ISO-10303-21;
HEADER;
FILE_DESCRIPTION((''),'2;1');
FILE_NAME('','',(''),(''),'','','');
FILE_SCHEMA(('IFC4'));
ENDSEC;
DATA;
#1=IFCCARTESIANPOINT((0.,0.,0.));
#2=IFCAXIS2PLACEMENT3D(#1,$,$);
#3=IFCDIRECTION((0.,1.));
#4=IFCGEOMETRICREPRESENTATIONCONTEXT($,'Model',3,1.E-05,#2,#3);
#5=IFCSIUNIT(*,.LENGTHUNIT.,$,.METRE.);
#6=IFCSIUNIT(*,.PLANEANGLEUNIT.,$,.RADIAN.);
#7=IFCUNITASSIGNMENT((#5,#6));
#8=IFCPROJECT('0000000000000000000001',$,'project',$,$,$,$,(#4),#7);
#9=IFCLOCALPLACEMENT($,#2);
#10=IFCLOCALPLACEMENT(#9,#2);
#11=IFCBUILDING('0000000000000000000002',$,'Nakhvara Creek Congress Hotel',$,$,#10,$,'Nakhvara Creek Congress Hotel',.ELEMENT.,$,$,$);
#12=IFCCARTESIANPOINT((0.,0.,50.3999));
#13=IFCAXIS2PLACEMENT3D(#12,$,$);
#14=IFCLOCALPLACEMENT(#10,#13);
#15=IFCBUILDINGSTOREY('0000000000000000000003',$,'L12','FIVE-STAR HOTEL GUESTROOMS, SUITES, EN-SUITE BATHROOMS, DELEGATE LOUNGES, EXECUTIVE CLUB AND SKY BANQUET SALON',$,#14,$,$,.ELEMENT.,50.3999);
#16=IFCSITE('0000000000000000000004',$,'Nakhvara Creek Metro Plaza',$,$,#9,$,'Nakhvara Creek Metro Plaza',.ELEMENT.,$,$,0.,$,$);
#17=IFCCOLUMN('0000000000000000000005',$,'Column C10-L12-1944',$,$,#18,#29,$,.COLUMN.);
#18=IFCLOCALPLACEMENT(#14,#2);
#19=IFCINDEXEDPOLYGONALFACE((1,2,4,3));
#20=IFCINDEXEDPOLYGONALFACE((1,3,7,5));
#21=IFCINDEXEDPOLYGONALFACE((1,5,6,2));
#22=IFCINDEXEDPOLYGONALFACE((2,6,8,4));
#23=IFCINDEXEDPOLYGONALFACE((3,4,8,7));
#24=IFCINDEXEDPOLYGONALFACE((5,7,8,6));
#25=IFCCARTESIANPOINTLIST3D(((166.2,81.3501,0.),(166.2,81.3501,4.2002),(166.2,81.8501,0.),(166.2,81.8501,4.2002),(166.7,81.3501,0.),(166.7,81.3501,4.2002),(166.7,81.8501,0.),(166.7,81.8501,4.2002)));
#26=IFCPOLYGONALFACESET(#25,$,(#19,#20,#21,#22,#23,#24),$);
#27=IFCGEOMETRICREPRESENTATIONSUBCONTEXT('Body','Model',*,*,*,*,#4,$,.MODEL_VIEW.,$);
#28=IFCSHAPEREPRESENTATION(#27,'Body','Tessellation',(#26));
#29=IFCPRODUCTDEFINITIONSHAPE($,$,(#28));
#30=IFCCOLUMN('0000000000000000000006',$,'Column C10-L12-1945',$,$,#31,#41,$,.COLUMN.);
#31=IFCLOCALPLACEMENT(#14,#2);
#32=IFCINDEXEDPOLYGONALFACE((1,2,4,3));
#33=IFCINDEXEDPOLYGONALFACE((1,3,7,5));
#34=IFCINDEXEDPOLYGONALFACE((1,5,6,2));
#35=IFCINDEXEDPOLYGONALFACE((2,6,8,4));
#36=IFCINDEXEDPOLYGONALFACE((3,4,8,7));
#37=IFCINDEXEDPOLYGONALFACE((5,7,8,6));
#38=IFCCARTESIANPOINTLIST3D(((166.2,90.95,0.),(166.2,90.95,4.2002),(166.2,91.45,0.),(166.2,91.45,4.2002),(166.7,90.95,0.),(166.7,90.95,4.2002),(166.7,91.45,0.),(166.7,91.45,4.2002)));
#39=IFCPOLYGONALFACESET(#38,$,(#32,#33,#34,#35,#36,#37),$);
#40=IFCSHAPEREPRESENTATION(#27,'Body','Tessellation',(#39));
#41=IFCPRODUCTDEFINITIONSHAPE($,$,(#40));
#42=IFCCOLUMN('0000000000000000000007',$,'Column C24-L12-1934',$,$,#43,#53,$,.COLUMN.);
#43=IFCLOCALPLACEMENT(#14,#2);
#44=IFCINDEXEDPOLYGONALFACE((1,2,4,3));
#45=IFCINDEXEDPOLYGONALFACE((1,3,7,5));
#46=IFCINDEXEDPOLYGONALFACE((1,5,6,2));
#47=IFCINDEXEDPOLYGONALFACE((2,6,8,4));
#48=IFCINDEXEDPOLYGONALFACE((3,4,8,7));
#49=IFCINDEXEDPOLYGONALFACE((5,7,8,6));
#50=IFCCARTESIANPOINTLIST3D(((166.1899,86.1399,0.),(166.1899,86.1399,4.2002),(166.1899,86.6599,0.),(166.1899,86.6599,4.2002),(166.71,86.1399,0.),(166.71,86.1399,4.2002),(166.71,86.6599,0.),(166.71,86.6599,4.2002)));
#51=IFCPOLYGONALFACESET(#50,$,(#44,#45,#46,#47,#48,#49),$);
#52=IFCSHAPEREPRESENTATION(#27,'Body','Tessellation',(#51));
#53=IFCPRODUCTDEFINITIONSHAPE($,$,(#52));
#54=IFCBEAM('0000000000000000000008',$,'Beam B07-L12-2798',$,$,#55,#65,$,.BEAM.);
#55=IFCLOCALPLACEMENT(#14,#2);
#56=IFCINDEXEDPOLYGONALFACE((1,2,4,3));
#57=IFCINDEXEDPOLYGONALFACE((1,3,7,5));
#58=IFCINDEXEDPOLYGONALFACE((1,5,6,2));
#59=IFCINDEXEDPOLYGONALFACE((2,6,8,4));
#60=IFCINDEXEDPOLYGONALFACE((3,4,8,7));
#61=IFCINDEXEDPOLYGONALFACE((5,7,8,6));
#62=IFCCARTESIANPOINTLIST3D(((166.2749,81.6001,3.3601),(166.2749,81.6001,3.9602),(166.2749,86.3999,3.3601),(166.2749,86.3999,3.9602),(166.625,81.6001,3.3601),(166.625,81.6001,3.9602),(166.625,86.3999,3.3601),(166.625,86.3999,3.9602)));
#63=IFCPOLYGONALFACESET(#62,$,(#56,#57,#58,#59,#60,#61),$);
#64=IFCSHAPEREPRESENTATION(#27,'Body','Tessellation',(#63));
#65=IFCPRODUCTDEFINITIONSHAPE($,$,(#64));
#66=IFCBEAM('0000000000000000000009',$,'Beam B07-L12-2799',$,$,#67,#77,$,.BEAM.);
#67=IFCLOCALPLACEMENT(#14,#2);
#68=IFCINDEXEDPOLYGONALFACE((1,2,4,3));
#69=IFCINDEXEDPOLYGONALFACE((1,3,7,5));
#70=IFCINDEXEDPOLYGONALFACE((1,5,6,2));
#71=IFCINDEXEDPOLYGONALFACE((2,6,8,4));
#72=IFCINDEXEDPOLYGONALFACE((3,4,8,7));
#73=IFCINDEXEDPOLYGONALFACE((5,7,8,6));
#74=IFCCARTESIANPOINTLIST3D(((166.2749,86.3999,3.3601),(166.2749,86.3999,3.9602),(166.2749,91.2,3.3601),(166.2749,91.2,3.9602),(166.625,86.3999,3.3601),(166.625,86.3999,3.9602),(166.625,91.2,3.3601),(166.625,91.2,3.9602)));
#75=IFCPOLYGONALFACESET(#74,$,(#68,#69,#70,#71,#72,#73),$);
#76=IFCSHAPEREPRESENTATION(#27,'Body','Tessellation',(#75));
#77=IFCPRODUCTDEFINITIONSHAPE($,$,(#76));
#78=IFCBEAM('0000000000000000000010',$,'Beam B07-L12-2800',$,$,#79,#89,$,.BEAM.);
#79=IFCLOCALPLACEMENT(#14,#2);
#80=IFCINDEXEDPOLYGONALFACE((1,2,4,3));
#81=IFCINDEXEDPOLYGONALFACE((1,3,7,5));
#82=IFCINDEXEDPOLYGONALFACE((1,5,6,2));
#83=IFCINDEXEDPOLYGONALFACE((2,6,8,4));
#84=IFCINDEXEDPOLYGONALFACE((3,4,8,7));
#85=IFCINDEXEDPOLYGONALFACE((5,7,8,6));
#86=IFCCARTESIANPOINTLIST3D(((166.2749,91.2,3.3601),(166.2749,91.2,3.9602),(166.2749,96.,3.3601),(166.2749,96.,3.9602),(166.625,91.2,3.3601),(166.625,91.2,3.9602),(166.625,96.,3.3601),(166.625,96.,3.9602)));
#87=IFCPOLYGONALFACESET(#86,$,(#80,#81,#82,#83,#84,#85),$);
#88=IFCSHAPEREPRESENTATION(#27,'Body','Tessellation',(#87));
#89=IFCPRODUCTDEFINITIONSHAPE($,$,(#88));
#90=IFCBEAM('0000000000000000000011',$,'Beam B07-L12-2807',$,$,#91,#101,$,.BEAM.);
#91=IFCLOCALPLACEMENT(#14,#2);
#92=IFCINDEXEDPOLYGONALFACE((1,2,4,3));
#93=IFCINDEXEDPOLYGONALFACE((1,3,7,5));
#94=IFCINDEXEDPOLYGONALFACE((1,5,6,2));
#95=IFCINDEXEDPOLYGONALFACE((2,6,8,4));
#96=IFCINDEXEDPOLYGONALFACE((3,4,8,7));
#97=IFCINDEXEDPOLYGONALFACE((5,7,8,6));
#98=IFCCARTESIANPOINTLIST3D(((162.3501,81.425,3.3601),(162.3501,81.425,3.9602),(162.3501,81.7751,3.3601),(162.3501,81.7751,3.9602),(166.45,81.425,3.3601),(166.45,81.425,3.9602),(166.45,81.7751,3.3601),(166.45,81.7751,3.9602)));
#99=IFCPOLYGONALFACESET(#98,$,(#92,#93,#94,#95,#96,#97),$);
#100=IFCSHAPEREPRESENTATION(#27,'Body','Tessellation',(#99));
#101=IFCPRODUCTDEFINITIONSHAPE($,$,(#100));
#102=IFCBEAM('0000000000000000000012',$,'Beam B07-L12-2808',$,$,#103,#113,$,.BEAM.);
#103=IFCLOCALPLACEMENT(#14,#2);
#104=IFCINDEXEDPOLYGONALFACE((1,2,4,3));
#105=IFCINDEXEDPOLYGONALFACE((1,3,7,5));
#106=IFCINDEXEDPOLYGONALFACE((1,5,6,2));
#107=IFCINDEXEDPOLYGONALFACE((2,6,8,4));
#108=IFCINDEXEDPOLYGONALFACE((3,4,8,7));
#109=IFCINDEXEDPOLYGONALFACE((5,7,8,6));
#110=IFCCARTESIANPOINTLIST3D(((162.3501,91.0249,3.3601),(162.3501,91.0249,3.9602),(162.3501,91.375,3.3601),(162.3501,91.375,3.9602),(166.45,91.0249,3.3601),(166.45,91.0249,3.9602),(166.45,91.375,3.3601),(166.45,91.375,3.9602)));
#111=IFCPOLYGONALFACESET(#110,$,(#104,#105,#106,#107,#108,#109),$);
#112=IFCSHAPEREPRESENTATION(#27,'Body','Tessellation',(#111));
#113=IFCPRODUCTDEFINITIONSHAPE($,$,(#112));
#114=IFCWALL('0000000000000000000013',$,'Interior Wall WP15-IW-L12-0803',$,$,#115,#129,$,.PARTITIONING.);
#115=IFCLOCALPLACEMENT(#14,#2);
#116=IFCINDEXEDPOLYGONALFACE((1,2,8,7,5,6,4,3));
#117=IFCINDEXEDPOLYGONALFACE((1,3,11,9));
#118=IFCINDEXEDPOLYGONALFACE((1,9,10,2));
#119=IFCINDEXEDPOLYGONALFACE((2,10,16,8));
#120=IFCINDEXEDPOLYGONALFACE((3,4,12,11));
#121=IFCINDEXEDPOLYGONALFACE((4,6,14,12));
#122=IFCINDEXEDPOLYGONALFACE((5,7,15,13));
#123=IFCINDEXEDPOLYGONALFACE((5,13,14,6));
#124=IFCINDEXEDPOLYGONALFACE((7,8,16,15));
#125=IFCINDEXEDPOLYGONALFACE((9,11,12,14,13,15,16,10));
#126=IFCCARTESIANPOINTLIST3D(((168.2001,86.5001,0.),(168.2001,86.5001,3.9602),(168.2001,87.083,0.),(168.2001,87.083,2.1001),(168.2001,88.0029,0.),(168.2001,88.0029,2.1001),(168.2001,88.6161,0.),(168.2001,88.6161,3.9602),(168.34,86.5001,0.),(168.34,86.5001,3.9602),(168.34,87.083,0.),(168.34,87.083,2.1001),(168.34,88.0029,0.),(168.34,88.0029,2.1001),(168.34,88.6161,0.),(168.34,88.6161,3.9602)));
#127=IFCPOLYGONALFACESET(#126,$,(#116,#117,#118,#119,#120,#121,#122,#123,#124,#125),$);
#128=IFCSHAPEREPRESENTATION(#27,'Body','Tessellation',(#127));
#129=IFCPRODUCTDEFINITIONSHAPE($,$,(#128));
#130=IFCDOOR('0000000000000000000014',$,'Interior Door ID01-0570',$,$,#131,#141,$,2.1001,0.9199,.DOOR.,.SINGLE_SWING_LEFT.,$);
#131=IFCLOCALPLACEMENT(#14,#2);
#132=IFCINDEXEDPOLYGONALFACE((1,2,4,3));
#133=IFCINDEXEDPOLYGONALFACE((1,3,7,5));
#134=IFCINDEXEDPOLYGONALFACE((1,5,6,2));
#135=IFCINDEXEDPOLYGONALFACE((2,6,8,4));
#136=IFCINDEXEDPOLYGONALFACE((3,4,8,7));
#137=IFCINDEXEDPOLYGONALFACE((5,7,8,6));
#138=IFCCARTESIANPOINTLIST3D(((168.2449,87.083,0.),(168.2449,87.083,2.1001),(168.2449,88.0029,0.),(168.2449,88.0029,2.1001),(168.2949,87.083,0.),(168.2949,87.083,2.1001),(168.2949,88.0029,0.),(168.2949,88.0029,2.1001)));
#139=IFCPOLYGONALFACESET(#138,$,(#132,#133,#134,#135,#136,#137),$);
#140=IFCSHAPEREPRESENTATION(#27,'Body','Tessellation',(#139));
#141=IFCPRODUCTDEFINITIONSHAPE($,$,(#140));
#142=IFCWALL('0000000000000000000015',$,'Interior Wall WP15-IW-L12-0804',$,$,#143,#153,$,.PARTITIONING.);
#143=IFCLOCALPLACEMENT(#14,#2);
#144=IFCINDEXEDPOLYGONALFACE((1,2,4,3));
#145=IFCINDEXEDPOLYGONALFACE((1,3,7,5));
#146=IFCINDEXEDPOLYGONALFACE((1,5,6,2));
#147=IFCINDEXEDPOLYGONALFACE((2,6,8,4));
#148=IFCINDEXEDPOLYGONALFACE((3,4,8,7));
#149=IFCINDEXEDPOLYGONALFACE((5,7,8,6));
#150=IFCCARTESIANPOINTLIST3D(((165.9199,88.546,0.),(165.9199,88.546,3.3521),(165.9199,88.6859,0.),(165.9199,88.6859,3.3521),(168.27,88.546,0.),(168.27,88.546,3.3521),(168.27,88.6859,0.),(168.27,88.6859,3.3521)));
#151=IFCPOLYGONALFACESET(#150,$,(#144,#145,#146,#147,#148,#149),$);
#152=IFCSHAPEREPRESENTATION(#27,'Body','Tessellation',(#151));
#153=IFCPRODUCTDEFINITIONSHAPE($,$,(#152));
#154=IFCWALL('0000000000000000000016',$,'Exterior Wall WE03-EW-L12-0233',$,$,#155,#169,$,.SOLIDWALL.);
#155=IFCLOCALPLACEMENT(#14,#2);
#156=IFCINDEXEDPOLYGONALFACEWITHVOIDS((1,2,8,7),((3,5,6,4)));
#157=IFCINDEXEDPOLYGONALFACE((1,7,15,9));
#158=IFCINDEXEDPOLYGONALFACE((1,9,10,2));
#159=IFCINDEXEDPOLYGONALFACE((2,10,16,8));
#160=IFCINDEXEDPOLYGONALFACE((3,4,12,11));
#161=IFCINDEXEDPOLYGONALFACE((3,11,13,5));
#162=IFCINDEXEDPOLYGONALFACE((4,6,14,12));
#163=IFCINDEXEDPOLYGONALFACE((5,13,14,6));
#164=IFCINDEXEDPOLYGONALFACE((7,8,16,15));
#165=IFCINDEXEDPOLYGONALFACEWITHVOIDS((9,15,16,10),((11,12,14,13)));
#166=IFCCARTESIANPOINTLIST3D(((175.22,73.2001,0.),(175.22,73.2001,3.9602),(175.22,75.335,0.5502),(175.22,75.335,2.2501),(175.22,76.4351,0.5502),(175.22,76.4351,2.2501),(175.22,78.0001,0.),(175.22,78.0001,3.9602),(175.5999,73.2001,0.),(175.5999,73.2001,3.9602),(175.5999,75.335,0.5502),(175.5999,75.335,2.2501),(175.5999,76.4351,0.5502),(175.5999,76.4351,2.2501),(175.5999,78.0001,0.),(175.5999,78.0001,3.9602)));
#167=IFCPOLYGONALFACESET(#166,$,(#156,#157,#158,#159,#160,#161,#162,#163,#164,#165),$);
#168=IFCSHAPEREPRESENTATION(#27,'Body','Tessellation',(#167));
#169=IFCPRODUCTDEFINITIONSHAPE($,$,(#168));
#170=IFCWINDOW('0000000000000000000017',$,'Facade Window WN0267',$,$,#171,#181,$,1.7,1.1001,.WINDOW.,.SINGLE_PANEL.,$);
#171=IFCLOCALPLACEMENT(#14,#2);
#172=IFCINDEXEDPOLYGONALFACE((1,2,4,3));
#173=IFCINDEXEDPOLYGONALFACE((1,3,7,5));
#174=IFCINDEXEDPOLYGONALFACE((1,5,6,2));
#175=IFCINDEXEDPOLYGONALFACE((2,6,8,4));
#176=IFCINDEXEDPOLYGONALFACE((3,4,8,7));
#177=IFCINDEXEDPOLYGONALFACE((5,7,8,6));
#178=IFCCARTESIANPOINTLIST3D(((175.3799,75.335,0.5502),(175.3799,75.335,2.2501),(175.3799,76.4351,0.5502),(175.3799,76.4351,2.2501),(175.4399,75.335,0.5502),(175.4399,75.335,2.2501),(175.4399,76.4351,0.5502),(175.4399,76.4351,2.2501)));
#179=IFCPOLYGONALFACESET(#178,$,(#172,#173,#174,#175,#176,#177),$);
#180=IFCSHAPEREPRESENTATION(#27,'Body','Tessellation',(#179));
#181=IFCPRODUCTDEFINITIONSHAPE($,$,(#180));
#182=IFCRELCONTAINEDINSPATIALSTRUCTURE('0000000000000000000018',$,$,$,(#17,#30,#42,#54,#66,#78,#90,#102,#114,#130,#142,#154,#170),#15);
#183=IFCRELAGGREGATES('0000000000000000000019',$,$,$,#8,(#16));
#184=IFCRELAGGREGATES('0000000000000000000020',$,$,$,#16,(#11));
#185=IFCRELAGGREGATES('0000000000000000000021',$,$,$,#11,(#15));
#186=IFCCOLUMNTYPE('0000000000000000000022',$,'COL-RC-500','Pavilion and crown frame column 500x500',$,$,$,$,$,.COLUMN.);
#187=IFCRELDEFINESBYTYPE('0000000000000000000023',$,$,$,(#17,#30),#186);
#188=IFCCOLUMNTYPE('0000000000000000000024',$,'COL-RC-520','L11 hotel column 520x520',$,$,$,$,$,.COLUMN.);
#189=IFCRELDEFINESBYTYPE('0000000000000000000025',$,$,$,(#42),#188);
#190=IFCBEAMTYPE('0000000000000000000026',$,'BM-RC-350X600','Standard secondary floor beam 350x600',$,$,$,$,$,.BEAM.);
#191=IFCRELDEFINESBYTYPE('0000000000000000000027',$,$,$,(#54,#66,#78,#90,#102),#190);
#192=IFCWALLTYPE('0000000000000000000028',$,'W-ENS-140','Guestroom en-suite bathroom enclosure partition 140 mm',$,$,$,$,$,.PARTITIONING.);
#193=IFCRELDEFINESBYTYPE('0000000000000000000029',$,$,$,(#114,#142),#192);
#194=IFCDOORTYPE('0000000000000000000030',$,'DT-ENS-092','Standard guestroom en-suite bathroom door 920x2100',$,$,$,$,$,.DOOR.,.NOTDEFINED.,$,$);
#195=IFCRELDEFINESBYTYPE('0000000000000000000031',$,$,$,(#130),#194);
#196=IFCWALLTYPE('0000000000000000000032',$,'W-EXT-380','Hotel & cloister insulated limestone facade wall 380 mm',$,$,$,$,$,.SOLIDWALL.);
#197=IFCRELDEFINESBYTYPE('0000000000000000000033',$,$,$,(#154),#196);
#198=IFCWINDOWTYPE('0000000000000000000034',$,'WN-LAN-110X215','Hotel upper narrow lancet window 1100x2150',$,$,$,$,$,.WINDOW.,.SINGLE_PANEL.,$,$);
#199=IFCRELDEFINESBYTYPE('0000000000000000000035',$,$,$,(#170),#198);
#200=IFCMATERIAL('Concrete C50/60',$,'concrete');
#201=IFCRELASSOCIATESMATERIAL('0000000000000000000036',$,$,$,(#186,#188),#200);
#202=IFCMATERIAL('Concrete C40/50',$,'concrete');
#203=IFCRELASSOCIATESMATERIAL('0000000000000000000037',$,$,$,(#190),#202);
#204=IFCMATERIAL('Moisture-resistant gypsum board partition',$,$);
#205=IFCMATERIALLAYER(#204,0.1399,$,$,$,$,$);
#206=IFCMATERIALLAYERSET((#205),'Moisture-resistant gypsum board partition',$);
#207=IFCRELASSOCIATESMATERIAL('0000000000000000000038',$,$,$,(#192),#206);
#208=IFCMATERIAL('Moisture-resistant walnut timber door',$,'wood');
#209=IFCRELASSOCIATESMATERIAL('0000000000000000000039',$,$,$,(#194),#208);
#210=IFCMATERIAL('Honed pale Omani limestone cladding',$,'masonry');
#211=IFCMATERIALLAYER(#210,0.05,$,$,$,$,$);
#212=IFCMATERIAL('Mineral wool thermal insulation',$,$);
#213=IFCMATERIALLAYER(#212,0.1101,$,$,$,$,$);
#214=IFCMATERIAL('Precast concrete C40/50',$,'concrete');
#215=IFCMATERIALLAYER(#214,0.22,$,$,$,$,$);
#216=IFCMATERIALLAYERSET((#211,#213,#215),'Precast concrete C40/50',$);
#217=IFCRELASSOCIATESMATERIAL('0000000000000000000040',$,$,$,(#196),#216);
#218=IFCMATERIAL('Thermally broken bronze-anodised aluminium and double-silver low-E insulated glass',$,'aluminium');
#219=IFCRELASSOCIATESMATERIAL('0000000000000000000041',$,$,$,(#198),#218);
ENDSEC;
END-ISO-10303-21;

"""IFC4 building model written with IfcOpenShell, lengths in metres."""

from ifc_helpers import new_model, si_unit, direction, frame, frame_2d, origin, origin_2d, place, context, subcontext, project, spatial, rectangle, extrude, material, layer, layer_set, material_profile, profile_set, type_object, element, fill, save


model = new_model("IFC4")

# Units and contexts
model_context = context("Model", 3, precision=1e-05, world=origin(), true_north=direction((0.0, 1.0)))
body_context = subcontext(model_context, "Body", "Model", "MODEL_VIEW")
ifc_project = project(units=[si_unit("LENGTHUNIT", "METRE"), si_unit("PLANEANGLEUNIT", "RADIAN")], contexts=[model_context])

# Site, building, storey
site_placement = place(None, origin())
site = spatial("IfcSite", under=ifc_project, at=site_placement, Name="Nakhvara Creek Metro Plaza", LongName="Nakhvara Creek Metro Plaza", CompositionType="ELEMENT", RefElevation=0.0)
building_placement = place(site_placement, origin())
building = spatial("IfcBuilding", under=site, at=building_placement, Name="Nakhvara Creek Congress Hotel", LongName="Nakhvara Creek Congress Hotel", CompositionType="ELEMENT")
storey_placement = place(building_placement, frame((0.0, 0.0, 50.3999)))
storey = spatial("IfcBuildingStorey", under=building, at=storey_placement, Name="L12", Description="FIVE-STAR HOTEL GUESTROOMS, SUITES, EN-SUITE BATHROOMS, DELEGATE LOUNGES, EXECUTIVE CLUB AND SKY BANQUET SALON", CompositionType="ELEMENT", Elevation=50.3999)

# Columns
ifc_material_1 = material(Name="Concrete C50/60", Category="concrete")
ifc_material_profile_1 = material_profile(ifc_material_1, rectangle(XDim=0.5, YDim=0.5, at=origin_2d()), Name="RC-COL 500x500", Category="LoadBearing")
ifc_profile_set_1 = profile_set([ifc_material_profile_1], Name="Concrete C50/60")
column_type_1 = type_object("IfcColumnType", Name="COL-RC-500", Description="Pavilion and crown frame column 500x500", PredefinedType="COLUMN", material=ifc_profile_set_1)
for number, where, z_axis, x_axis, name in (
    (1, (166.45, 81.6001, 0.0), (0.0, 0.0, 1.0), (1.0, 0.0, 0.0), "Column C10-L12-1944"),
    (2, (166.45, 91.2, 0.0), (0.0, 0.0, 1.0), (1.0, 0.0, 0.0), "Column C10-L12-1945"),
):
    element("IfcColumn", number, at=place(storey_placement, frame(where, z_axis=z_axis, x_axis=x_axis)), inside=storey, type_object=column_type_1, Name=name, PredefinedType="COLUMN", context=body_context, shape_type="SweptSolid", body=[
        extrude(rectangle(XDim=0.5, YDim=0.5, at=origin_2d()), origin(), (0.0, 0.0, 1.0), 4.2002),
    ])
ifc_material_profile_2 = material_profile(ifc_material_1, rectangle(XDim=0.52, YDim=0.52, at=origin_2d()), Name="RC-COL 520x520", Category="LoadBearing")
ifc_profile_set_2 = profile_set([ifc_material_profile_2], Name="Concrete C50/60")
column_type_2 = type_object("IfcColumnType", Name="COL-RC-520", Description="L11 hotel column 520x520", PredefinedType="COLUMN", material=ifc_profile_set_2)
column_placement = place(storey_placement, frame((166.45, 86.3999, 0.0), z_axis=(0.0, 0.0, 1.0), x_axis=(1.0, 0.0, 0.0)))
element("IfcColumn", 3, at=column_placement, inside=storey, type_object=column_type_2, Name="Column C24-L12-1934", PredefinedType="COLUMN", context=body_context, shape_type="SweptSolid", body=[
    extrude(rectangle(XDim=0.52, YDim=0.52, at=origin_2d()), origin(), (0.0, 0.0, 1.0), 4.2002),
])

# Beams
ifc_material_2 = material(Name="Concrete C40/50", Category="concrete")
ifc_material_profile_3 = material_profile(ifc_material_2, rectangle(XDim=0.3501, YDim=0.6001, at=origin_2d()), Name="RC-BM 350x600", Category="LoadBearing")
ifc_profile_set_3 = profile_set([ifc_material_profile_3], Name="Concrete C40/50")
beam_type = type_object("IfcBeamType", Name="BM-RC-350X600", Description="Standard secondary floor beam 350x600", PredefinedType="BEAM", material=ifc_profile_set_3)
beam_placement = place(storey_placement, frame((166.45, 81.6001, 3.6602), z_axis=(0.0, 1.0, 0.0), x_axis=(-1.0, 0.0, 0.0)))
element("IfcBeam", 4, at=beam_placement, inside=storey, type_object=beam_type, Name="Beam B07-L12-2798", PredefinedType="BEAM", context=body_context, shape_type="SweptSolid", body=[
    extrude(rectangle(XDim=0.3501, YDim=0.6001, at=origin_2d()), origin(), (0.0, 0.0, 1.0), 4.7998),
])
for number, where, z_axis, x_axis, name in (
    (5, (166.45, 86.3999, 3.6602), (0.0, 1.0, 0.0), (-1.0, 0.0, 0.0), "Beam B07-L12-2799"),
    (6, (166.45, 91.2, 3.6602), (0.0, 1.0, 0.0), (-1.0, 0.0, 0.0), "Beam B07-L12-2800"),
):
    element("IfcBeam", number, at=place(storey_placement, frame(where, z_axis=z_axis, x_axis=x_axis)), inside=storey, type_object=beam_type, Name=name, PredefinedType="BEAM", context=body_context, shape_type="SweptSolid", body=[
        extrude(rectangle(XDim=0.3501, YDim=0.6001, at=origin_2d()), origin(), (0.0, 0.0, 1.0), 4.8),
    ])
for number, where, z_axis, x_axis, name in (
    (7, (162.3501, 81.6001, 3.6602), (1.0, 0.0, 0.0), (0.0, 1.0, 0.0), "Beam B07-L12-2807"),
    (8, (162.3501, 91.2, 3.6602), (1.0, 0.0, 0.0), (0.0, 1.0, 0.0), "Beam B07-L12-2808"),
):
    element("IfcBeam", number, at=place(storey_placement, frame(where, z_axis=z_axis, x_axis=x_axis)), inside=storey, type_object=beam_type, Name=name, PredefinedType="BEAM", context=body_context, shape_type="SweptSolid", body=[
        extrude(rectangle(XDim=0.3501, YDim=0.6001, at=origin_2d()), origin(), (0.0, 0.0, 1.0), 4.0999),
    ])

# Wall, opening, door
ifc_material_3 = material(Name="Moisture-resistant gypsum board partition")
ifc_layer_1 = layer(ifc_material_3, 0.1399)
ifc_layer_set_1 = layer_set([ifc_layer_1], Name="Moisture-resistant gypsum board partition")
wall_type_1 = type_object("IfcWallType", Name="W-ENS-140", Description="Guestroom en-suite bathroom enclosure partition 140 mm", PredefinedType="PARTITIONING", material=ifc_layer_set_1)
wall_1_placement = place(storey_placement, frame((168.27, 86.5, 0.0), z_axis=(0.0, 0.0, 1.0), x_axis=(0.0, 1.0, 0.0)))
wall_1 = element("IfcWall", 9, at=wall_1_placement, inside=storey, type_object=wall_type_1, Name="Interior Wall WP15-IW-L12-0803", PredefinedType="PARTITIONING", context=body_context, shape_type="SweptSolid", body=[
    extrude(rectangle(XDim=2.116, YDim=0.1399, at=frame_2d((1.0581, 0.0))), origin(), (0.0, 0.0, 1.0), 3.9602),
])
opening_1_placement = place(wall_1_placement, frame((0.583, 0.0, 0.0)))
opening_1 = element("IfcOpeningElement", 10, at=opening_1_placement, cuts=wall_1, PredefinedType="OPENING", context=body_context, shape_type="SweptSolid", body=[
    extrude(rectangle(XDim=0.9199, YDim=2.1001, at=frame_2d((0.46, 1.05))), frame((0.0, 0.082, 0.0), z_axis=(0.0, -1.0, 0.0), x_axis=(1.0, 0.0, 0.0)), (0.0, 0.0, 1.0), 0.1638),
])
ifc_material_4 = material(Name="Moisture-resistant walnut timber door", Category="wood")
door_type_1 = type_object("IfcDoorType", Name="DT-ENS-092", Description="Standard guestroom en-suite bathroom door 920x2100", OperationType="NOTDEFINED", PredefinedType="DOOR", material=ifc_material_4)
door_1_placement = place(opening_1_placement, frame((0.9199, 0.0, 0.0), z_axis=(0.0, 0.0, 1.0), x_axis=(-1.0, 0.0, 0.0)))
door_1 = element("IfcDoor", 11, at=door_1_placement, inside=storey, type_object=door_type_1, Name="Interior Door ID01-0570", OperationType="SINGLE_SWING_LEFT", OverallHeight=2.1001, OverallWidth=0.9199, PredefinedType="DOOR", context=body_context, shape_type="SweptSolid", body=[
    extrude(rectangle(XDim=0.9199, YDim=2.1001, at=frame_2d((0.46, 1.05))), frame((0.0, 0.0249, 0.0), z_axis=(0.0, -1.0, 0.0), x_axis=(1.0, 0.0, 0.0)), (0.0, 0.0, 1.0), 0.05),
])
fill(opening_1, door_1)

# Wall
wall_2_placement = place(storey_placement, frame((165.9199, 88.616, 0.0), z_axis=(0.0, 0.0, 1.0), x_axis=(1.0, 0.0, 0.0)))
element("IfcWall", 12, at=wall_2_placement, inside=storey, type_object=wall_type_1, Name="Interior Wall WP15-IW-L12-0804", PredefinedType="PARTITIONING", context=body_context, shape_type="SweptSolid", body=[
    extrude(rectangle(XDim=2.3501, YDim=0.1399, at=frame_2d((1.175, 0.0))), origin(), (0.0, 0.0, 1.0), 3.3521),
])

# Wall, opening, window
ifc_material_5 = material(Name="Honed pale Omani limestone cladding", Category="masonry")
ifc_layer_2 = layer(ifc_material_5, 0.05)
ifc_material_6 = material(Name="Mineral wool thermal insulation")
ifc_layer_3 = layer(ifc_material_6, 0.1101)
ifc_material_7 = material(Name="Precast concrete C40/50", Category="concrete")
ifc_layer_4 = layer(ifc_material_7, 0.22)
ifc_layer_set_2 = layer_set([ifc_layer_2, ifc_layer_3, ifc_layer_4], Name="Precast concrete C40/50")
wall_type_2 = type_object("IfcWallType", Name="W-EXT-380", Description="Hotel & cloister insulated limestone facade wall 380 mm", PredefinedType="SOLIDWALL", material=ifc_layer_set_2)
wall_3_placement = place(storey_placement, frame((175.4099, 78.0, 0.0), z_axis=(0.0, 0.0, 1.0), x_axis=(0.0, -1.0, 0.0)))
wall_3 = element("IfcWall", 13, at=wall_3_placement, inside=storey, type_object=wall_type_2, Name="Exterior Wall WE03-EW-L12-0233", PredefinedType="SOLIDWALL", context=body_context, shape_type="SweptSolid", body=[
    extrude(rectangle(XDim=4.8, YDim=0.3799, at=frame_2d((2.3999, 0.0))), origin(), (0.0, 0.0, 1.0), 3.9602),
])
opening_2_placement = place(wall_3_placement, frame((1.5649, 0.0, 0.55)))
opening_2 = element("IfcOpeningElement", 14, at=opening_2_placement, cuts=wall_3, PredefinedType="OPENING", context=body_context, shape_type="SweptSolid", body=[
    extrude(rectangle(XDim=1.1001, YDim=1.7, at=frame_2d((0.55, 0.8501))), frame((0.0, 0.2019, 0.0), z_axis=(0.0, -1.0, 0.0), x_axis=(1.0, 0.0, 0.0)), (0.0, 0.0, 1.0), 0.4038),
])
ifc_material_8 = material(Name="Thermally broken bronze-anodised aluminium and double-silver low-E insulated glass", Category="aluminium")
window_type_1 = type_object("IfcWindowType", Name="WN-LAN-110X215", Description="Hotel upper narrow lancet window 1100x2150", PartitioningType="SINGLE_PANEL", PredefinedType="WINDOW", material=ifc_material_8)
window_1_placement = place(opening_2_placement, origin())
window_1 = element("IfcWindow", 15, at=window_1_placement, inside=storey, type_object=window_type_1, Name="Facade Window WN0267", OverallHeight=1.7, OverallWidth=1.1001, PartitioningType="SINGLE_PANEL", PredefinedType="WINDOW", context=body_context, shape_type="SweptSolid", body=[
    extrude(rectangle(XDim=1.1001, YDim=1.7, at=frame_2d((0.55, 0.8501))), frame((0.0, 0.03, 0.0), z_axis=(0.0, -1.0, 0.0), x_axis=(1.0, 0.0, 0.0)), (0.0, 0.0, 1.0), 0.0601),
])
fill(opening_2, window_1)

save(model, "model.ifc")
